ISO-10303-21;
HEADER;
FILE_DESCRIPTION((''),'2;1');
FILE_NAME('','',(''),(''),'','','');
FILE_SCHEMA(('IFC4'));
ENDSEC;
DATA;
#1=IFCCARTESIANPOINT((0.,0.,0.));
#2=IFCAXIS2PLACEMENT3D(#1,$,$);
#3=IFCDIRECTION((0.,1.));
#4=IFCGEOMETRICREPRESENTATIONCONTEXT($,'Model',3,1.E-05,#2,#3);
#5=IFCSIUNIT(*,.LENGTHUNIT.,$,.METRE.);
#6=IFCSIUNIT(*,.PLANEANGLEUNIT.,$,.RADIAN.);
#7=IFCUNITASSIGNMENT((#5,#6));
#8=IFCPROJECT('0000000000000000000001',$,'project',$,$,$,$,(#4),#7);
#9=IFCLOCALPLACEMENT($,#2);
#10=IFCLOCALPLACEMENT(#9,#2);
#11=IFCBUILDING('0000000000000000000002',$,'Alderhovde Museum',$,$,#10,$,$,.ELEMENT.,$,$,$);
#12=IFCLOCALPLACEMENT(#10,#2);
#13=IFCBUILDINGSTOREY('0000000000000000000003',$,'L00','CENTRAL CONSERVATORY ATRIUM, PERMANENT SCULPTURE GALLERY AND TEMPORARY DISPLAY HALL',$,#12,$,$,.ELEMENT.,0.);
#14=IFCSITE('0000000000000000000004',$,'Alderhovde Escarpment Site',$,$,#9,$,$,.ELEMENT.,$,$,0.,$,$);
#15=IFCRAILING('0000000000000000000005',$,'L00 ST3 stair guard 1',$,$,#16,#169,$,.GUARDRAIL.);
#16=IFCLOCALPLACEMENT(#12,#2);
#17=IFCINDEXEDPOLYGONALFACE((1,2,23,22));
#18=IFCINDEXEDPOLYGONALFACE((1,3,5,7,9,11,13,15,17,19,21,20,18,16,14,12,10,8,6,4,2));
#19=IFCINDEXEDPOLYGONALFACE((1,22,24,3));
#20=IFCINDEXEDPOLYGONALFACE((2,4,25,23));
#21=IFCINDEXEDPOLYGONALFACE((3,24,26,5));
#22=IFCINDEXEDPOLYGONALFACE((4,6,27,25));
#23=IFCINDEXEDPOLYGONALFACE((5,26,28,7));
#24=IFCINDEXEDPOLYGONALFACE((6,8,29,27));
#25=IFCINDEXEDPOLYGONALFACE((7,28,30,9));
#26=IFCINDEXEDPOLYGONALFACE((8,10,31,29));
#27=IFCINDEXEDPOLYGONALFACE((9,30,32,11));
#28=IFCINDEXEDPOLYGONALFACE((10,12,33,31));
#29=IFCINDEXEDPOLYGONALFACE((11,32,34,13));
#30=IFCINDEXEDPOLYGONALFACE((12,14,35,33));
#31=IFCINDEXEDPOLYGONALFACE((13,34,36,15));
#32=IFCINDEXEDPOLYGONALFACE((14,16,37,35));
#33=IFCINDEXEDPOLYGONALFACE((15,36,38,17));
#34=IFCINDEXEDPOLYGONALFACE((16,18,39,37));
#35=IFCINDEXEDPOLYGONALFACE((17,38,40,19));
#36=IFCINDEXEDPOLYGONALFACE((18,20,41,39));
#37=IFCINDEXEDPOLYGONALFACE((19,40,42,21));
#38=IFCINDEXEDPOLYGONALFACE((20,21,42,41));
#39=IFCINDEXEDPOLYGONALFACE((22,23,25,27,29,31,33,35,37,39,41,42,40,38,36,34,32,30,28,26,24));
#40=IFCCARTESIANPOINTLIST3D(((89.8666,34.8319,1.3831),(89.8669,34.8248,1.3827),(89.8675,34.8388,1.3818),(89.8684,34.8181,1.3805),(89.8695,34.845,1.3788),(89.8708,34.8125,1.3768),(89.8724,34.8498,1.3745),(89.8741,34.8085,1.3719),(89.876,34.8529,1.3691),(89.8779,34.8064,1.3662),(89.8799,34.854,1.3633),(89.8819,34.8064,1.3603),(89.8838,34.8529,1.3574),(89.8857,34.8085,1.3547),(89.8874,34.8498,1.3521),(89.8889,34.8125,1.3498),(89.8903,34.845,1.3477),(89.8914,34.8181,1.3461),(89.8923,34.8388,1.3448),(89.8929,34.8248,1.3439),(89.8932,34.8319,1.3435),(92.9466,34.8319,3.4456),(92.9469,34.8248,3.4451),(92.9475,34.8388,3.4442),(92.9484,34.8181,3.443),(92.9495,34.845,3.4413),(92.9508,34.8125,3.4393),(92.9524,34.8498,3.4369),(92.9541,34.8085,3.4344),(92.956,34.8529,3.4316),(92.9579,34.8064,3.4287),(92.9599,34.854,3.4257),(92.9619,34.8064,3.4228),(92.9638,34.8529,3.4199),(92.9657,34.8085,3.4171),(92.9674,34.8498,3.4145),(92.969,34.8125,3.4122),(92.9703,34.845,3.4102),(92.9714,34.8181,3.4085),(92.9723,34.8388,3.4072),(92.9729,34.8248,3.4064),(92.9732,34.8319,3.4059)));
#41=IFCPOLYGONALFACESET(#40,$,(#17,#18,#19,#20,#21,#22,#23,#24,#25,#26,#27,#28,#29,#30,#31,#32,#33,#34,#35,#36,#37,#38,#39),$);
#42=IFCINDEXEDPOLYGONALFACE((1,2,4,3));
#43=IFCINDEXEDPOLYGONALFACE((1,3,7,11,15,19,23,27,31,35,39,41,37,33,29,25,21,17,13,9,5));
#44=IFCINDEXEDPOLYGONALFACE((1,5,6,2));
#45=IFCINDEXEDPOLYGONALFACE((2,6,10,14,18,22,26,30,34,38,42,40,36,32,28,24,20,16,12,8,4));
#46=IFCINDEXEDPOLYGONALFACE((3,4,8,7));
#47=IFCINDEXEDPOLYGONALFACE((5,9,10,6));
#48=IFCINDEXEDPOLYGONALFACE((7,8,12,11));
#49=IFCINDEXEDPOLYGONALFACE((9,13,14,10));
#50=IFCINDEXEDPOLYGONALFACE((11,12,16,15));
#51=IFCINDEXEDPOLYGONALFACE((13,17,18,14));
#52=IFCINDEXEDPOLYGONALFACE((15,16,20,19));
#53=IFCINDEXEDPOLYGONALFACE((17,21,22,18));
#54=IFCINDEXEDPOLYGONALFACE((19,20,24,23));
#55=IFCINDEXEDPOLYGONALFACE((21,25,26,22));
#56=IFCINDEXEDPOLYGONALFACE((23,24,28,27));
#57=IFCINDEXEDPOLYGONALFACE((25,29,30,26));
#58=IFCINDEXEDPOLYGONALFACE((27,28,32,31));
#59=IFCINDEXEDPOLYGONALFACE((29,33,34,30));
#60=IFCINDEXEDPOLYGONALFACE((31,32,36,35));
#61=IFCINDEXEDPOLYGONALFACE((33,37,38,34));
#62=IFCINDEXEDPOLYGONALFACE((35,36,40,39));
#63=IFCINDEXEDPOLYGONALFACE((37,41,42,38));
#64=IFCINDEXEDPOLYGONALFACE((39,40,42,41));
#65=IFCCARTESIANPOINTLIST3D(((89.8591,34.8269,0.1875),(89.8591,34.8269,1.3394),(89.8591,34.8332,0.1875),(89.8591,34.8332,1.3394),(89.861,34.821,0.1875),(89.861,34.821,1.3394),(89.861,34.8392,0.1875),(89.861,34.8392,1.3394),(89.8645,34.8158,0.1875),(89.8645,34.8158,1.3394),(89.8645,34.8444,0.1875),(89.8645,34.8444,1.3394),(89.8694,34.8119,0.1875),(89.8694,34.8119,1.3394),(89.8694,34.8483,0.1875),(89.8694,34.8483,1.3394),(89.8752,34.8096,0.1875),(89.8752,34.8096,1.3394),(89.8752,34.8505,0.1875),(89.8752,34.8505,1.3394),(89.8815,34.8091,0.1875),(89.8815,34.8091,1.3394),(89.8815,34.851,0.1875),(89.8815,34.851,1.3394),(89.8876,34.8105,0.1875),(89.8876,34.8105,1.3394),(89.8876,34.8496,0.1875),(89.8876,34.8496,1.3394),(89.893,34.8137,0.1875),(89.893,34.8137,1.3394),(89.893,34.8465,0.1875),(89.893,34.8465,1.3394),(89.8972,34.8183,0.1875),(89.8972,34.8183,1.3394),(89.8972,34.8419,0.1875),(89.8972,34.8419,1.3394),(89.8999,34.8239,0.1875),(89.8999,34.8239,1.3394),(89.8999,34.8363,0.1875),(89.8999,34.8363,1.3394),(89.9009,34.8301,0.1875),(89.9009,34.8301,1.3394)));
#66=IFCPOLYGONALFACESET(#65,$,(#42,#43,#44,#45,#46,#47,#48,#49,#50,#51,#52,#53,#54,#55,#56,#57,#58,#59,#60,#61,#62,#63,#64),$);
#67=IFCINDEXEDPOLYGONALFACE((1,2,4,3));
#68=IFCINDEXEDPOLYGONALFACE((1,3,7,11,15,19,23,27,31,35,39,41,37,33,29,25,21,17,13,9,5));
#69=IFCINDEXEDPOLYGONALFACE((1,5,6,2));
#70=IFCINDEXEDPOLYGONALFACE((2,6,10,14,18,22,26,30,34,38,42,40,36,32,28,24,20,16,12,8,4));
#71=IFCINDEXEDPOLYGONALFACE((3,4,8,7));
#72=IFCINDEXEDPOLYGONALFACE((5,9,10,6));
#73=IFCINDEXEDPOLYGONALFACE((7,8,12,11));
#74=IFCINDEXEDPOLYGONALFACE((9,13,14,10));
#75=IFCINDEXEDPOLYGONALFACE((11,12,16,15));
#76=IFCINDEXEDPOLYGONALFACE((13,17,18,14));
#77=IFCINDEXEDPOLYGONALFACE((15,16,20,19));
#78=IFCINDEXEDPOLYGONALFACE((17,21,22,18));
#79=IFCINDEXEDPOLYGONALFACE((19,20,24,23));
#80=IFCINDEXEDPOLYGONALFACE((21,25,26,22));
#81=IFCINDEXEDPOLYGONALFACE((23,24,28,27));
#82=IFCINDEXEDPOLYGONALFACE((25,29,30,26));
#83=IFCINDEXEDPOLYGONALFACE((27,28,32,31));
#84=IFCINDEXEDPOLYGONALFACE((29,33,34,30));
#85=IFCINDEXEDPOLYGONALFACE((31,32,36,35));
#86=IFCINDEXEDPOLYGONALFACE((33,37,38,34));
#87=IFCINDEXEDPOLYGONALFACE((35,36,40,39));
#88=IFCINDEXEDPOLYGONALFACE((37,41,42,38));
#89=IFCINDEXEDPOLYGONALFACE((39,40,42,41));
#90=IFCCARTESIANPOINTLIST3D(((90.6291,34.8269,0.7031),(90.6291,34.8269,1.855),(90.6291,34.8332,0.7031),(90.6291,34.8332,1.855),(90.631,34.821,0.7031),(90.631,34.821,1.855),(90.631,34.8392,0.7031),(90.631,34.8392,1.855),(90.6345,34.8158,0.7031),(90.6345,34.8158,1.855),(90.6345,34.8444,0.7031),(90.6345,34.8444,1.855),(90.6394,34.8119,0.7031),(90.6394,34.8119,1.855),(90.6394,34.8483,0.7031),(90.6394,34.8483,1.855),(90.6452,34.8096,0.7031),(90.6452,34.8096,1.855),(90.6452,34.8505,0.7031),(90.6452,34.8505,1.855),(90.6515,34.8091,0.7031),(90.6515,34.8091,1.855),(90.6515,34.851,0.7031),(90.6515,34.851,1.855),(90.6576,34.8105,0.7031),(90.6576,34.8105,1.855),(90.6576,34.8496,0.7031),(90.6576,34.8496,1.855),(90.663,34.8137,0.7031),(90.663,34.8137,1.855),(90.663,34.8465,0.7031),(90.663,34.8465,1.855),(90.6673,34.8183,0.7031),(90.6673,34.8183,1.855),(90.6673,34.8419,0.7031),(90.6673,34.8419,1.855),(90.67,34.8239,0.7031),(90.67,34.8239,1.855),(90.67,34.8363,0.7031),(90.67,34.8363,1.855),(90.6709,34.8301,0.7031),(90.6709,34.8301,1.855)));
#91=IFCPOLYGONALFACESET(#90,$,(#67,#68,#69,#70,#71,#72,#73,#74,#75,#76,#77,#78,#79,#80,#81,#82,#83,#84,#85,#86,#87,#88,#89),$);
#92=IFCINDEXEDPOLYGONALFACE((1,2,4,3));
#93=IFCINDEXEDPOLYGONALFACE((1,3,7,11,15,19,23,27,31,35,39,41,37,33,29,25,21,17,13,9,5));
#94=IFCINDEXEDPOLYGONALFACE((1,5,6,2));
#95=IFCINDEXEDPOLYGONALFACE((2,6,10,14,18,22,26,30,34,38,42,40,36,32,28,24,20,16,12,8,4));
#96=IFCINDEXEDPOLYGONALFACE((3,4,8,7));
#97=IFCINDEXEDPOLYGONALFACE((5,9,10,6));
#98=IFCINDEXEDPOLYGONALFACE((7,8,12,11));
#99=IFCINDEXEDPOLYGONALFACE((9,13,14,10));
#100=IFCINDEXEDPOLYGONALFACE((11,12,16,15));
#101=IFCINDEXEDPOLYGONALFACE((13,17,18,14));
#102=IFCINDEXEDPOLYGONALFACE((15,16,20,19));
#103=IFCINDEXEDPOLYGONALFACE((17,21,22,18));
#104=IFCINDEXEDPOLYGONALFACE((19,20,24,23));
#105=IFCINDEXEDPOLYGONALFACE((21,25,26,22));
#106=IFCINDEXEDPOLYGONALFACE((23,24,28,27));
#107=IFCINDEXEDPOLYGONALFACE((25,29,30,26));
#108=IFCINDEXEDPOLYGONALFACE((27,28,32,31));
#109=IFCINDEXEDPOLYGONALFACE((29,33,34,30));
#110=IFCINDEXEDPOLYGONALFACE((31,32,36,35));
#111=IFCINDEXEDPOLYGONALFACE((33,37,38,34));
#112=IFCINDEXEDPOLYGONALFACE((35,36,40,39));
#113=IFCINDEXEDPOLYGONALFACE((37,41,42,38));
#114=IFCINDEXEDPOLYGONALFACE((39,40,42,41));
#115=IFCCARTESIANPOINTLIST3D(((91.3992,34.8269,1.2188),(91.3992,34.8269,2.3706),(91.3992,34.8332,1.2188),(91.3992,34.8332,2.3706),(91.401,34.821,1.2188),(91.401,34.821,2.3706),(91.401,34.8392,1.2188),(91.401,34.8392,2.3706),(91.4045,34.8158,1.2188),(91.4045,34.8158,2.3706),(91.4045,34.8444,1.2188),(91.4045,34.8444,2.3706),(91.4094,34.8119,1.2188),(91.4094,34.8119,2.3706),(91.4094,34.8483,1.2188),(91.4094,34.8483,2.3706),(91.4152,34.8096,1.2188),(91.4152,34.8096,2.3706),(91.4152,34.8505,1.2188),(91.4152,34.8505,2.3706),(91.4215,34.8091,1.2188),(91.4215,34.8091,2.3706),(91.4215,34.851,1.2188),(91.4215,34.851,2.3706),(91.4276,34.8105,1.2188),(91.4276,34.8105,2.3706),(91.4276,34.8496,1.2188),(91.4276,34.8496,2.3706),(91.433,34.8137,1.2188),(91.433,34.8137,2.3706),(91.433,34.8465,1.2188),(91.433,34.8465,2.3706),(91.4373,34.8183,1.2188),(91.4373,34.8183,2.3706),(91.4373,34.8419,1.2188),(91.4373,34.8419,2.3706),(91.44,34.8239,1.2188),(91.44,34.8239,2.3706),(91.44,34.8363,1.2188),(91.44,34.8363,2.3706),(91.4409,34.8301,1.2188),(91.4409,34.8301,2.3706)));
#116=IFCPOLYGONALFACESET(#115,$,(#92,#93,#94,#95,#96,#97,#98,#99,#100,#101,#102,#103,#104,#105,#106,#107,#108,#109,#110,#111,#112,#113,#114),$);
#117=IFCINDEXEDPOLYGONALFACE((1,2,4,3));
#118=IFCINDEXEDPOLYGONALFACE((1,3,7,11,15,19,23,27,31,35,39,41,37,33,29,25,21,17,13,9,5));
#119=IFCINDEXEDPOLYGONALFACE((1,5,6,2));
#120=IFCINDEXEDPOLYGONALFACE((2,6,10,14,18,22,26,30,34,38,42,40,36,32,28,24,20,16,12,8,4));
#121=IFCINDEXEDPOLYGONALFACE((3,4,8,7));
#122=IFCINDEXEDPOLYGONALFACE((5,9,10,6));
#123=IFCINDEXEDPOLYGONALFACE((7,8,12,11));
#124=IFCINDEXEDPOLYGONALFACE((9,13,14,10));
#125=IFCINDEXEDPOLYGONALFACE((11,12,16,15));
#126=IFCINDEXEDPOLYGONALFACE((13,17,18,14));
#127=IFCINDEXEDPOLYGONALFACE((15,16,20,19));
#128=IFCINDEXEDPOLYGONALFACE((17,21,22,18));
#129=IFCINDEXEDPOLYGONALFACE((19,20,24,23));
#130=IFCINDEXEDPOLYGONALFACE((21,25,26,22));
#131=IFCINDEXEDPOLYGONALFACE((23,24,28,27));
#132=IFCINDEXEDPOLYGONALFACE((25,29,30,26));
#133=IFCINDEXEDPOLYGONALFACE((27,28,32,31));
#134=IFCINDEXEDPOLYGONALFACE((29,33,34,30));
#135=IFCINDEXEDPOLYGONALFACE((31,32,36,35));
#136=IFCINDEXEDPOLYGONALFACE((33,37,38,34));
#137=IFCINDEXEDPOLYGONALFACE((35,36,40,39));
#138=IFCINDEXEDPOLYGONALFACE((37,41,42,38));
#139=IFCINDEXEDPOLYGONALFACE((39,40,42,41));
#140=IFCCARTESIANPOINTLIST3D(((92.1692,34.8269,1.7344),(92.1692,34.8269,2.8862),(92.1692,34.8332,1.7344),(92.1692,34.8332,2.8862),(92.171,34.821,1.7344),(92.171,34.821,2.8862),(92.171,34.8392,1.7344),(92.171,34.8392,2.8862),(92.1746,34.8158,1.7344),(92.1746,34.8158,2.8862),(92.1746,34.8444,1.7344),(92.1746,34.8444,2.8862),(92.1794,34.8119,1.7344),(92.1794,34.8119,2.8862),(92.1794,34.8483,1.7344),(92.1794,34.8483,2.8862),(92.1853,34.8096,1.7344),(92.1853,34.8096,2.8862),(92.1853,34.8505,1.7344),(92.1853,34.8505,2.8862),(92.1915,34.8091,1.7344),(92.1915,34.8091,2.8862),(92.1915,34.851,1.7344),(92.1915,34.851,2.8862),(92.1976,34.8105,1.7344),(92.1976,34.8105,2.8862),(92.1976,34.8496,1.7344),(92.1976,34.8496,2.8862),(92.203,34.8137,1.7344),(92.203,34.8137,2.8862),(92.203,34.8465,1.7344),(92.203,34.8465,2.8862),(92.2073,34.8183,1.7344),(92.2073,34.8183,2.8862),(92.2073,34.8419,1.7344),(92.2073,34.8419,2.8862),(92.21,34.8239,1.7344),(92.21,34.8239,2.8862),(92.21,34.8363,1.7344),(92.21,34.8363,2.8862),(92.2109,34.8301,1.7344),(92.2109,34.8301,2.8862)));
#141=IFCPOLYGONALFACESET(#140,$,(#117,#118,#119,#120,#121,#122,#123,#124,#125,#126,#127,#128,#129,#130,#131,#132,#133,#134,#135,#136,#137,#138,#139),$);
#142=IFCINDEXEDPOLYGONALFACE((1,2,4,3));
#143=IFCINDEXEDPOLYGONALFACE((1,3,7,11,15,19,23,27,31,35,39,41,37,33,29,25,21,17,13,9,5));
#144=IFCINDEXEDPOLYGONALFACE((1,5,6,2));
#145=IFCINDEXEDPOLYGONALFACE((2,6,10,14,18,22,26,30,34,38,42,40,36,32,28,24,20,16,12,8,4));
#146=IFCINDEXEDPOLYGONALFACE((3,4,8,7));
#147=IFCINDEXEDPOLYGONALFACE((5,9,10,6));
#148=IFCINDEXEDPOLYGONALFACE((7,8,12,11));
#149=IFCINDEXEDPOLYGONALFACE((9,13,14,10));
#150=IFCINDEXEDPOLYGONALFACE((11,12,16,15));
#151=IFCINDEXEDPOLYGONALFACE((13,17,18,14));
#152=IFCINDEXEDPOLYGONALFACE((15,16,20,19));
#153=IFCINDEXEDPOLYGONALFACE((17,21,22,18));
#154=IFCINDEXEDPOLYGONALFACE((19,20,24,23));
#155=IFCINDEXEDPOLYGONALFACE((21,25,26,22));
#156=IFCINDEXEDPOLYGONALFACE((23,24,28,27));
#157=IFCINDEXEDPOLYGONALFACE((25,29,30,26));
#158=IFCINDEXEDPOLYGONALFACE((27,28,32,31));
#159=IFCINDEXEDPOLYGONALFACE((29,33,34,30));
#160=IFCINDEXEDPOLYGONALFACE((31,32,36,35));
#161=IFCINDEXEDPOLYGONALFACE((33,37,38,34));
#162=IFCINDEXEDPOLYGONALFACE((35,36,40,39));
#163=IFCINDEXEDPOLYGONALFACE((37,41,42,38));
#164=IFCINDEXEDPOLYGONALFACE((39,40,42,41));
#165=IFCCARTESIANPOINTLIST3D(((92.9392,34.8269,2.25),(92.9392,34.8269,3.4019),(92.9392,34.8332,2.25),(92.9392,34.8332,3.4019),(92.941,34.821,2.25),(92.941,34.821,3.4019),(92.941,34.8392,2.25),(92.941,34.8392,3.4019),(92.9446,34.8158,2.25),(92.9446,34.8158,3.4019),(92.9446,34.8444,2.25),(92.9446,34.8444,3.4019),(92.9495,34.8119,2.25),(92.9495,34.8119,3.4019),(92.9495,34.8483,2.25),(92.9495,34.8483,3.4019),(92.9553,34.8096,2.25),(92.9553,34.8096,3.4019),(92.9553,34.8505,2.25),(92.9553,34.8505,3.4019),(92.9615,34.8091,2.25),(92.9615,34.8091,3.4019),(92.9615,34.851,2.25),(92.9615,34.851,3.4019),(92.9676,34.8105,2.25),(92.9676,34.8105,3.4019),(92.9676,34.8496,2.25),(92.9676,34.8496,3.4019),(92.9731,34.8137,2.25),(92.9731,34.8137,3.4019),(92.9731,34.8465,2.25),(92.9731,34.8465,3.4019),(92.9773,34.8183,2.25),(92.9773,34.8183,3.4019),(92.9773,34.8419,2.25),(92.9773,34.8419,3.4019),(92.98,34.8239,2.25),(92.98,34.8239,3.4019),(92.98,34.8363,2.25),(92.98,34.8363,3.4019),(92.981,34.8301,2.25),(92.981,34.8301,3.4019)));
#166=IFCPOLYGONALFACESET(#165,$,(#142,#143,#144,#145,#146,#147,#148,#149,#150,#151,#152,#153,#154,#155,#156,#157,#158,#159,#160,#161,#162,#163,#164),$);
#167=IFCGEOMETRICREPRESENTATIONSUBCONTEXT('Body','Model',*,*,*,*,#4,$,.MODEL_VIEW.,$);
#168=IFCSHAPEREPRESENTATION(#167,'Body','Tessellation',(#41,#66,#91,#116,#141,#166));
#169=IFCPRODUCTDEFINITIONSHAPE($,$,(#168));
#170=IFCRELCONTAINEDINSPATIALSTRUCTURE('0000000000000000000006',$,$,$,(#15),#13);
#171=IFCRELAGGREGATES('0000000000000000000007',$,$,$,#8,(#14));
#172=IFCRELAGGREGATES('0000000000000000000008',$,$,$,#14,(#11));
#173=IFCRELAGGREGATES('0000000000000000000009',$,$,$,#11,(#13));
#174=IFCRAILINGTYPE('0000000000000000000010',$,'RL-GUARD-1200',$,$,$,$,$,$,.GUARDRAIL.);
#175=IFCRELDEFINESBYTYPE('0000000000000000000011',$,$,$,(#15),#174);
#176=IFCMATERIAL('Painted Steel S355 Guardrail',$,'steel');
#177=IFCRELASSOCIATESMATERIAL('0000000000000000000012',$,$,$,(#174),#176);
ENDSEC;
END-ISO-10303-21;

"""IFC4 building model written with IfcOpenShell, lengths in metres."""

from ifc_helpers import new_model, si_unit, direction, frame, origin, origin_2d, place, context, subcontext, project, spatial, circle, extrude, material, type_object, element, save


model = new_model("IFC4")

# Units and contexts
model_context = context("Model", 3, precision=1e-05, world=origin(), true_north=direction((0.0, 1.0)))
body_context = subcontext(model_context, "Body", "Model", "MODEL_VIEW")
ifc_project = project(units=[si_unit("LENGTHUNIT", "METRE"), si_unit("PLANEANGLEUNIT", "RADIAN")], contexts=[model_context])

# Site, building, storey
site_placement = place(None, origin())
site = spatial("IfcSite", under=ifc_project, at=site_placement, Name="Alderhovde Escarpment Site", CompositionType="ELEMENT", RefElevation=0.0)
building_placement = place(site_placement, origin())
building = spatial("IfcBuilding", under=site, at=building_placement, Name="Alderhovde Museum", CompositionType="ELEMENT")
storey_placement = place(building_placement, origin())
storey = spatial("IfcBuildingStorey", under=building, at=storey_placement, Name="L00", Description="CENTRAL CONSERVATORY ATRIUM, PERMANENT SCULPTURE GALLERY AND TEMPORARY DISPLAY HALL", CompositionType="ELEMENT", Elevation=0.0)

# Railing
ifc_material_1 = material(Name="Painted Steel S355 Guardrail", Category="steel")
railing_type_1 = type_object("IfcRailingType", Name="RL-GUARD-1200", PredefinedType="GUARDRAIL", material=ifc_material_1)
railing_1_placement = place(storey_placement, frame((89.8799, 34.8301, 0.1875)))
element("IfcRailing", 1, at=railing_1_placement, inside=storey, type_object=railing_type_1, Name="L00 ST3 stair guard 1", PredefinedType="GUARDRAIL", context=body_context, shape_type="SweptSolid", body=[
    extrude(circle(Radius=0.0239, at=origin_2d()), frame((0.0, 0.0, 1.1758), z_axis=(0.830914, 0.0, 0.556401), x_axis=(0.0, 1.0, 0.0)), (0.0, 0.0, 1.0), 3.7068),
    extrude(circle(Radius=0.021, at=origin_2d()), origin(), (0.0, 0.0, 1.0), 1.1519),
    extrude(circle(Radius=0.021, at=origin_2d()), frame((0.77, 0.0, 0.5156)), (0.0, 0.0, 1.0), 1.1519),
    extrude(circle(Radius=0.021, at=origin_2d()), frame((1.54, 0.0, 1.0312)), (0.0, 0.0, 1.0), 1.1519),
    extrude(circle(Radius=0.021, at=origin_2d()), frame((2.3101, 0.0, 1.5469)), (0.0, 0.0, 1.0), 1.1519),
    extrude(circle(Radius=0.021, at=origin_2d()), frame((3.0801, 0.0, 2.0625)), (0.0, 0.0, 1.0), 1.1519),
])

save(model, "model.ifc")
